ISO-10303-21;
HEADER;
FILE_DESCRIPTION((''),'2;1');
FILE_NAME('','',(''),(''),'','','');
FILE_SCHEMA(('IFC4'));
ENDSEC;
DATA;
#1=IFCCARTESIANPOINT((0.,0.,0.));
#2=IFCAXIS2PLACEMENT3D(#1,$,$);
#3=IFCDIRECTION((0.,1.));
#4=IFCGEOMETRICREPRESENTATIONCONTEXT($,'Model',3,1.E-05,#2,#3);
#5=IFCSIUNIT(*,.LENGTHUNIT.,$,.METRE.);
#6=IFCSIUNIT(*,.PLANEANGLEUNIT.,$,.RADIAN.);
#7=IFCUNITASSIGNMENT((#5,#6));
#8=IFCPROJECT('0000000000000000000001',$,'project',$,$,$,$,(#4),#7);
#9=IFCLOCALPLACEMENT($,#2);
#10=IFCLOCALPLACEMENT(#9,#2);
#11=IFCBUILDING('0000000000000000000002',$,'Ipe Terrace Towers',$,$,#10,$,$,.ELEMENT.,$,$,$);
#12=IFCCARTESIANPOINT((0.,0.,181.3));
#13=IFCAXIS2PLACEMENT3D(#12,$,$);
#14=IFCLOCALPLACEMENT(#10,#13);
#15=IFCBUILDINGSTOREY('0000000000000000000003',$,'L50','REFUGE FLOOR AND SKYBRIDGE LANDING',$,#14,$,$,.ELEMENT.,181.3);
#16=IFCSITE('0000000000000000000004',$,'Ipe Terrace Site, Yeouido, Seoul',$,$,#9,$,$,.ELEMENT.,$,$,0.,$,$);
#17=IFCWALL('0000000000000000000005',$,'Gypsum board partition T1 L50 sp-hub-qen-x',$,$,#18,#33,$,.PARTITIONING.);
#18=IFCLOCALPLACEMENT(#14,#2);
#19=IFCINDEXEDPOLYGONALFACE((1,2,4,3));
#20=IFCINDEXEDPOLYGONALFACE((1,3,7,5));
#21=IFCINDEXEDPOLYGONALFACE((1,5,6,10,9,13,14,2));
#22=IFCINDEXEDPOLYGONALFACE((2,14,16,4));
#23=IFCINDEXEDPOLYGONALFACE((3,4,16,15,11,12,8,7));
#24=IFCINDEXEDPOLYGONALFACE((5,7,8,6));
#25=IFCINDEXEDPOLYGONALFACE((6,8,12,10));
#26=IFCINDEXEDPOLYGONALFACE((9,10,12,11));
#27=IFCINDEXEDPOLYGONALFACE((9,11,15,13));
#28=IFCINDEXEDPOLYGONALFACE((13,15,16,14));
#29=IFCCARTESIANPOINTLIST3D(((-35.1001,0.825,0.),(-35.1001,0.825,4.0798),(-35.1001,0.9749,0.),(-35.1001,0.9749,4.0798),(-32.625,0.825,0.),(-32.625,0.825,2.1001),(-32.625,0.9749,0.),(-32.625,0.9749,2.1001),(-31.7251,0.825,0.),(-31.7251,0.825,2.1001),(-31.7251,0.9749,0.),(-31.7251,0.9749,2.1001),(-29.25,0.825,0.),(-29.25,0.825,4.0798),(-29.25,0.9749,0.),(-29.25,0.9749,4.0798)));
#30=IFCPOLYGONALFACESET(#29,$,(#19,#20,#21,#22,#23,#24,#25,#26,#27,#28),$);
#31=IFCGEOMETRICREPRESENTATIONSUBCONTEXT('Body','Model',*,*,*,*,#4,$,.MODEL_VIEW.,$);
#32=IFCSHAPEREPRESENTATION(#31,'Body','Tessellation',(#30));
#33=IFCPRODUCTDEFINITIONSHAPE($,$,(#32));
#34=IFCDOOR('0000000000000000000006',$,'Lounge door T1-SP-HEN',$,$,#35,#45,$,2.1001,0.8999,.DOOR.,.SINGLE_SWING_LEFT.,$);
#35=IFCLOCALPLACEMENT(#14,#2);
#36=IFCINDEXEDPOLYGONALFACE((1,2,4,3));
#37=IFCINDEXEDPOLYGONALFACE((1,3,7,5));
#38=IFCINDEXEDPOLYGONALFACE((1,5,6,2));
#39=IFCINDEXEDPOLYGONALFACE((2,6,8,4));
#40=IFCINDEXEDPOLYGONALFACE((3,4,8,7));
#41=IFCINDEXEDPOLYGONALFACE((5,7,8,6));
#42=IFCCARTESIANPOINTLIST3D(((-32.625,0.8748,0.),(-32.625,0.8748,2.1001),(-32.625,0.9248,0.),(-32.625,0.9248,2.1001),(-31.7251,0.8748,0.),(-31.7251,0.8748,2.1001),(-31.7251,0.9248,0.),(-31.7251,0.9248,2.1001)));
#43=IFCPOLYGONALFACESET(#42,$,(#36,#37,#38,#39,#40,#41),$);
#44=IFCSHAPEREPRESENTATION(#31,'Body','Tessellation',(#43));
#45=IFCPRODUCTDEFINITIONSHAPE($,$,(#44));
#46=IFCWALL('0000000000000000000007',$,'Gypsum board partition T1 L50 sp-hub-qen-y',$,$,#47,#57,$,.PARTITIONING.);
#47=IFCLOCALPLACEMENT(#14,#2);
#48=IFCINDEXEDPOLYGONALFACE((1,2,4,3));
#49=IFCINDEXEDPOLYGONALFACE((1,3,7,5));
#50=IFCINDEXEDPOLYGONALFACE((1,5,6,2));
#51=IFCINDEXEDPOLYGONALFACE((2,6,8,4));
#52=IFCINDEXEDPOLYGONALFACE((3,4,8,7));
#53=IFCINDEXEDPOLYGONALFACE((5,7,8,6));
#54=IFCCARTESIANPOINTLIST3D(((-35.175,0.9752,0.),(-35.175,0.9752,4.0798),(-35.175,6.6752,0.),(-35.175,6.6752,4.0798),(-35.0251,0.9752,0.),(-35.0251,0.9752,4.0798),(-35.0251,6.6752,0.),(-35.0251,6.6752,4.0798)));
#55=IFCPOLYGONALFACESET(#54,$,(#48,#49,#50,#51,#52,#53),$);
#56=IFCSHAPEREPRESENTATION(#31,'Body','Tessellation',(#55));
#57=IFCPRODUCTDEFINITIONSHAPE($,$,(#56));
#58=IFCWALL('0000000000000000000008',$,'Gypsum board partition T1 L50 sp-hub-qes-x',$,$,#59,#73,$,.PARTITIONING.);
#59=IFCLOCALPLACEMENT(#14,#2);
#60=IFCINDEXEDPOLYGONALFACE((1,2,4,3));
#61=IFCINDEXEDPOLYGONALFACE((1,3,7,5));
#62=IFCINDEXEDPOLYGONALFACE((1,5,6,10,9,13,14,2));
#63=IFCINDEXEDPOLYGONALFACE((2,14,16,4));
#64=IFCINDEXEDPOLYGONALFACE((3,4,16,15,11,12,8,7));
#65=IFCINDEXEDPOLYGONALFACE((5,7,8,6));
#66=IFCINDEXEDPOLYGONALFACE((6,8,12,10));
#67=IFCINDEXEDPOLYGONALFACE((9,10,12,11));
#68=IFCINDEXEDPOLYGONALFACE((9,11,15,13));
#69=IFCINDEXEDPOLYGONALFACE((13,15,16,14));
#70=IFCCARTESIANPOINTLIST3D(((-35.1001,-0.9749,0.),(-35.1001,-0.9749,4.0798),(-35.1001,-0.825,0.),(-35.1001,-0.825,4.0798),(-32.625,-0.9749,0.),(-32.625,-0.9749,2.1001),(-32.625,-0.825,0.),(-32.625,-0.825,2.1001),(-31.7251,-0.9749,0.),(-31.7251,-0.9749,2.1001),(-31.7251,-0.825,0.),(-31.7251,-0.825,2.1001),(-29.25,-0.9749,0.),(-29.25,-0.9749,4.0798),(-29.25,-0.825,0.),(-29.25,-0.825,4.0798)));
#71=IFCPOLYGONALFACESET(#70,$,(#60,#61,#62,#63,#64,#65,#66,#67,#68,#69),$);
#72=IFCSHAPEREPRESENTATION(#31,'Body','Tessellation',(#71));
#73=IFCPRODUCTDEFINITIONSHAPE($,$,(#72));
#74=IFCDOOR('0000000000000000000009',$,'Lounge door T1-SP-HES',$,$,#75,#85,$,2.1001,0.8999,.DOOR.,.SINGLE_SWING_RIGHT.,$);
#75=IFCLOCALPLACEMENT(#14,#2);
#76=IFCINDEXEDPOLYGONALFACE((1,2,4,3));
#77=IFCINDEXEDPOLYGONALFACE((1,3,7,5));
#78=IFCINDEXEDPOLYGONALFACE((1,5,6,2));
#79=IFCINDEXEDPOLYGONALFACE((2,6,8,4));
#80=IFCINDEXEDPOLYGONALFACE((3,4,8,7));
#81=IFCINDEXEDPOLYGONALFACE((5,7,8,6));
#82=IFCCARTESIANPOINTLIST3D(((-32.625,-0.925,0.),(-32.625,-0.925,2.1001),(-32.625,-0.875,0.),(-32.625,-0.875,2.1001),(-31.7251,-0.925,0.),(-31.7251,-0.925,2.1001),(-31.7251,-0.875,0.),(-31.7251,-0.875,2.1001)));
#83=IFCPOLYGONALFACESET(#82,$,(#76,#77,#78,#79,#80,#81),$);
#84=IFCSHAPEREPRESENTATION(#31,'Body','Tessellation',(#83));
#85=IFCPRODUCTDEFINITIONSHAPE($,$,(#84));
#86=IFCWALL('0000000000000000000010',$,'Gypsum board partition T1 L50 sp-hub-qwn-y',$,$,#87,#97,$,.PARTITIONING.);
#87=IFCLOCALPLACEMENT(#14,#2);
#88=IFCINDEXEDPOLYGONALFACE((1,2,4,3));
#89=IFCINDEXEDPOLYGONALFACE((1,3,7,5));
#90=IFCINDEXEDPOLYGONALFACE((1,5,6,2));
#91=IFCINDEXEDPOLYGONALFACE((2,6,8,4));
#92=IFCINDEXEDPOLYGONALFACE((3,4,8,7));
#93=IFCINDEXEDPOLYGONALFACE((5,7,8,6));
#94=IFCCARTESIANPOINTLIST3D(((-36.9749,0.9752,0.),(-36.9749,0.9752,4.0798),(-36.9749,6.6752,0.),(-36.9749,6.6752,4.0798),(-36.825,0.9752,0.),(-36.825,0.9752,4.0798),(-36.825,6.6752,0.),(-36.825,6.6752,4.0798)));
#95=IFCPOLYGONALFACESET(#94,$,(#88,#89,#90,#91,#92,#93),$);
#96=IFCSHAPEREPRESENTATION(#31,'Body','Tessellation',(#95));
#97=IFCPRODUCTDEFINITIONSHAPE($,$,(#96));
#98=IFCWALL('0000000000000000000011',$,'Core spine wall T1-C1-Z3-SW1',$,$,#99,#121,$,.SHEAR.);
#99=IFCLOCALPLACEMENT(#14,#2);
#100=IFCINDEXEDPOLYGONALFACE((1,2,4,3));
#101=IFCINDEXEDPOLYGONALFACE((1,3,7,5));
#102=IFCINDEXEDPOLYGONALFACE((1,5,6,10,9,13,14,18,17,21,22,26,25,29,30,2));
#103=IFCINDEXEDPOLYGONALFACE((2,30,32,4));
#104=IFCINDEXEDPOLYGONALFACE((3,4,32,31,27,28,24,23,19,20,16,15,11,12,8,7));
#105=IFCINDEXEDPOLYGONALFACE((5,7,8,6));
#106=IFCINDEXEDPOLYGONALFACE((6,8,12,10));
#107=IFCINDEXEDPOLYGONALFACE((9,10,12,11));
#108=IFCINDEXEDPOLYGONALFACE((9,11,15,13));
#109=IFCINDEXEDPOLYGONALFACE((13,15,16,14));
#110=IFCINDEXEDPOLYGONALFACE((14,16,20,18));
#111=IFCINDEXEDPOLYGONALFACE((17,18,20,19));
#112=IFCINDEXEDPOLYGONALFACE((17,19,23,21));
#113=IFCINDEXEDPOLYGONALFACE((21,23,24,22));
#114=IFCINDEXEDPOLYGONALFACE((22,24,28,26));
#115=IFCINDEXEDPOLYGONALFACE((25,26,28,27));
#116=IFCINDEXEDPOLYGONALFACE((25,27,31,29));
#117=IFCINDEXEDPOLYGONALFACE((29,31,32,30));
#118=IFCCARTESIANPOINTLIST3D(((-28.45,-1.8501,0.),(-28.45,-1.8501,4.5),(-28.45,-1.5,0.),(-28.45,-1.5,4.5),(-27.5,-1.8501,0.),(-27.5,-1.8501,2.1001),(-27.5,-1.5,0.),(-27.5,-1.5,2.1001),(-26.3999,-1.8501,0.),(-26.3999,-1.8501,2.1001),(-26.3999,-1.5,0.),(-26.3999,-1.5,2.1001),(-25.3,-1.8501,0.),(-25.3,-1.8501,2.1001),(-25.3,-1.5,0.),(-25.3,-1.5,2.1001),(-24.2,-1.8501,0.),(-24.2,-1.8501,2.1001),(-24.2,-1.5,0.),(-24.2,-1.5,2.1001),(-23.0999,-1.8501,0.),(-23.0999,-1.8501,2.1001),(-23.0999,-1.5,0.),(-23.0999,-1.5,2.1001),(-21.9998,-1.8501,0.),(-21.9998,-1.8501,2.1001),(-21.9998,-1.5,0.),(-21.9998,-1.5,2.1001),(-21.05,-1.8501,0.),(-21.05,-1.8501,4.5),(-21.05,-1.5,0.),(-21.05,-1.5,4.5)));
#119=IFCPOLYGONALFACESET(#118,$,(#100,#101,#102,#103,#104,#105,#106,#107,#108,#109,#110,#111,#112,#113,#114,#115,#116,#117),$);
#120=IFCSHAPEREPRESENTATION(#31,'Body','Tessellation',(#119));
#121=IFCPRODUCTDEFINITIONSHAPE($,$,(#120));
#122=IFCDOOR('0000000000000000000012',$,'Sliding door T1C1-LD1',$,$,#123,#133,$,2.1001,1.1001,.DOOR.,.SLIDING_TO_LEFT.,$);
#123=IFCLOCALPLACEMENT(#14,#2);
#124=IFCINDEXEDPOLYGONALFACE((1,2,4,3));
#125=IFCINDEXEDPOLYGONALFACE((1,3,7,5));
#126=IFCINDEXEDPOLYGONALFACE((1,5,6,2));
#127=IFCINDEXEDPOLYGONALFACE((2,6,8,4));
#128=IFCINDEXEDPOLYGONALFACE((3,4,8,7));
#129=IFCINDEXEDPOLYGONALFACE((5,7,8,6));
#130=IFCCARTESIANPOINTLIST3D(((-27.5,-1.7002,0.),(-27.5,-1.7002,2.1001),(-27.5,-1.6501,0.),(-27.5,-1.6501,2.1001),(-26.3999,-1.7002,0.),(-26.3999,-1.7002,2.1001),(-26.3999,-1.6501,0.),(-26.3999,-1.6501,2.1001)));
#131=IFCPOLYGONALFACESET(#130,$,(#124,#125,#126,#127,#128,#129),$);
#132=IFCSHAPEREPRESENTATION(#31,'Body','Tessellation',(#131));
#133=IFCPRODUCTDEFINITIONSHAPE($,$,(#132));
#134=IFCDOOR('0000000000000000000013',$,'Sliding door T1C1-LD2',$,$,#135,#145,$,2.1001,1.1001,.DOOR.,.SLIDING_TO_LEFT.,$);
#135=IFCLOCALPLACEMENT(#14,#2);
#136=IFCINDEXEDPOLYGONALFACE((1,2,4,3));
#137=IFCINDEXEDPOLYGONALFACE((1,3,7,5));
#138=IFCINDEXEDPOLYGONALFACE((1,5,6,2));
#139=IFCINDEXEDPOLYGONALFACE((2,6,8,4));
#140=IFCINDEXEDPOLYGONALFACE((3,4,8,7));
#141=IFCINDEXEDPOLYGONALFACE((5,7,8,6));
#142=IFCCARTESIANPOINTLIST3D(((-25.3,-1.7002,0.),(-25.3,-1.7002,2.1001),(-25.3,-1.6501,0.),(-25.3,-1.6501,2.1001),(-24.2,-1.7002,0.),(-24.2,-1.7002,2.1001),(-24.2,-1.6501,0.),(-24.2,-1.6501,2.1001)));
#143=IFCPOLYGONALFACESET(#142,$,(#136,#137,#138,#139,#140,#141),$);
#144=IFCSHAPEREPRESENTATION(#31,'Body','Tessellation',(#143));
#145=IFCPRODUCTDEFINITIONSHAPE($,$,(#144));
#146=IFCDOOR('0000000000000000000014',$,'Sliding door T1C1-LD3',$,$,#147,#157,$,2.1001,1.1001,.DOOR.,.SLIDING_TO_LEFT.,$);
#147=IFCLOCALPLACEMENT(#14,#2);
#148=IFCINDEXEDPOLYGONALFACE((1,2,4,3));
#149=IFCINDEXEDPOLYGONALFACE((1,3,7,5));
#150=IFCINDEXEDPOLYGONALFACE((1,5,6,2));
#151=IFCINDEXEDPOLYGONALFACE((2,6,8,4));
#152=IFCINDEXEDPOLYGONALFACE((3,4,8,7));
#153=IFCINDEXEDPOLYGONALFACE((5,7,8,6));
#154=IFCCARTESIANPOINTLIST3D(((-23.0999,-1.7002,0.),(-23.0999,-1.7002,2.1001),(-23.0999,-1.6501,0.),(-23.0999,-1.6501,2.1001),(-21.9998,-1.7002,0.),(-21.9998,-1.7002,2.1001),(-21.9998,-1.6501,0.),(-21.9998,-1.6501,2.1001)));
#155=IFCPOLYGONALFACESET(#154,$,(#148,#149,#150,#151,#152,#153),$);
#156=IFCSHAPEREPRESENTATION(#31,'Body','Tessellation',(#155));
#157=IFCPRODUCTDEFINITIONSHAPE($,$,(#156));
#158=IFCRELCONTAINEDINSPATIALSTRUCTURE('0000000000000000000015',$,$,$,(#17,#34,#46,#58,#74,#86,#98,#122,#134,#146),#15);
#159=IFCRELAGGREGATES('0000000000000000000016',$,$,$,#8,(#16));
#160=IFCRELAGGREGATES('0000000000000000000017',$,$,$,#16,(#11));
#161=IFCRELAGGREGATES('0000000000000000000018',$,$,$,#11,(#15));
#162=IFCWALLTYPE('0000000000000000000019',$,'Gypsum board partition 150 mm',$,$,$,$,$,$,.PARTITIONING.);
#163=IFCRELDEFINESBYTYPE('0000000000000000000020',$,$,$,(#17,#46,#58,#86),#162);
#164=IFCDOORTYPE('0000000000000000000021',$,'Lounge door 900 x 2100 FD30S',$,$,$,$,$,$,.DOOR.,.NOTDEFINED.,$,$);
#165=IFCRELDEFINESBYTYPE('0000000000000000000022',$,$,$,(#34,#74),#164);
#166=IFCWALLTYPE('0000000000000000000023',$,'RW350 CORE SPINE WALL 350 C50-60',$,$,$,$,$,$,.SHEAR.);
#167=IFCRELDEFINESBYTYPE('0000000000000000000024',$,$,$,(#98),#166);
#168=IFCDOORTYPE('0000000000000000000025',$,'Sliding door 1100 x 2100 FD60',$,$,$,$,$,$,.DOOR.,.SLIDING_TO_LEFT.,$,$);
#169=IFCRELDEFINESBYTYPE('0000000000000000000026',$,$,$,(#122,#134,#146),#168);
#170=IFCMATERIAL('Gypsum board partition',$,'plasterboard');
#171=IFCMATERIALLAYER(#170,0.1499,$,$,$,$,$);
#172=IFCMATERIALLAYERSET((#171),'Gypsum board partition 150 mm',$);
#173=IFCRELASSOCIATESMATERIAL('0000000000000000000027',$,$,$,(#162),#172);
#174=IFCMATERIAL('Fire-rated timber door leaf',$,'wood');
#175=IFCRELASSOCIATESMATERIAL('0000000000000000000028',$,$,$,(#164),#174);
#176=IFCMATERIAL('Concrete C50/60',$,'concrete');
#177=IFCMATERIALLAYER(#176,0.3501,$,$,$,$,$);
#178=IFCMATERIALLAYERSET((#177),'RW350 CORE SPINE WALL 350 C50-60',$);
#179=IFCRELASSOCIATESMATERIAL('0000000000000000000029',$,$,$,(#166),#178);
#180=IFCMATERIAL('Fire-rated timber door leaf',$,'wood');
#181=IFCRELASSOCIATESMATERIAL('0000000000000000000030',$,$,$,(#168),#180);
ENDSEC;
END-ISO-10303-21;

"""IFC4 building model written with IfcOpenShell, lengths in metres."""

from ifc_helpers import new_model, si_unit, direction, frame, frame_2d, origin, place, context, subcontext, project, spatial, rectangle, extrude, material, layer, layer_set, type_object, element, fill, save


model = new_model("IFC4")

# Units and contexts
model_context = context("Model", 3, precision=1e-05, world=origin(), true_north=direction((0.0, 1.0)))
body_context = subcontext(model_context, "Body", "Model", "MODEL_VIEW")
ifc_project = project(units=[si_unit("LENGTHUNIT", "METRE"), si_unit("PLANEANGLEUNIT", "RADIAN")], contexts=[model_context])

# Site, building, storey
site_placement = place(None, origin())
site = spatial("IfcSite", under=ifc_project, at=site_placement, Name="Ipe Terrace Site, Yeouido, Seoul", CompositionType="ELEMENT", RefElevation=0.0)
building_placement = place(site_placement, origin())
building = spatial("IfcBuilding", under=site, at=building_placement, Name="Ipe Terrace Towers", CompositionType="ELEMENT")
storey_placement = place(building_placement, frame((0.0, 0.0, 181.3)))
storey = spatial("IfcBuildingStorey", under=building, at=storey_placement, Name="L50", Description="REFUGE FLOOR AND SKYBRIDGE LANDING", CompositionType="ELEMENT", Elevation=181.3)

# Wall, opening, door
ifc_material_1 = material(Name="Gypsum board partition", Category="plasterboard")
ifc_layer_1 = layer(ifc_material_1, 0.1499)
ifc_layer_set_1 = layer_set([ifc_layer_1], Name="Gypsum board partition 150 mm")
wall_type_1 = type_object("IfcWallType", Name="Gypsum board partition 150 mm", PredefinedType="PARTITIONING", material=ifc_layer_set_1)
wall_1_placement = place(storey_placement, frame((-35.1001, 0.8999, 0.0), z_axis=(0.0, 0.0, 1.0), x_axis=(1.0, 0.0, 0.0)))
wall_1 = element("IfcWall", 1, at=wall_1_placement, inside=storey, type_object=wall_type_1, Name="Gypsum board partition T1 L50 sp-hub-qen-x", PredefinedType="PARTITIONING", context=body_context, shape_type="SweptSolid", body=[
    extrude(rectangle(XDim=5.8501, YDim=0.1499, at=frame_2d((2.925, 0.0))), origin(), (0.0, 0.0, 1.0), 4.0798),
])
opening_1_placement = place(wall_1_placement, frame((2.4751, 0.0, 0.0)))
opening_1 = element("IfcOpeningElement", 2, at=opening_1_placement, cuts=wall_1, PredefinedType="OPENING", context=body_context, shape_type="SweptSolid", body=[
    extrude(rectangle(XDim=0.8999, YDim=2.1001, at=frame_2d((0.45, 1.05))), frame((0.0, 0.085, 0.0), z_axis=(0.0, -1.0, 0.0), x_axis=(1.0, 0.0, 0.0)), (0.0, 0.0, 1.0), 0.1699),
])
ifc_material_2 = material(Name="Fire-rated timber door leaf", Category="wood")
door_type_1 = type_object("IfcDoorType", Name="Lounge door 900 x 2100 FD30S", OperationType="NOTDEFINED", PredefinedType="DOOR", material=ifc_material_2)
door_1_placement = place(opening_1_placement, origin())
door_1 = element("IfcDoor", 3, at=door_1_placement, inside=storey, type_object=door_type_1, Name="Lounge door T1-SP-HEN", OperationType="SINGLE_SWING_LEFT", OverallHeight=2.1001, OverallWidth=0.8999, PredefinedType="DOOR", context=body_context, shape_type="SweptSolid", body=[
    extrude(rectangle(XDim=0.8999, YDim=2.1001, at=frame_2d((0.45, 1.05))), frame((0.0, 0.0249, 0.0), z_axis=(0.0, -1.0, 0.0), x_axis=(1.0, 0.0, 0.0)), (0.0, 0.0, 1.0), 0.05),
])
fill(opening_1, door_1)

# Wall
wall_2_placement = place(storey_placement, frame((-35.1001, 0.9751, 0.0), z_axis=(0.0, 0.0, 1.0), x_axis=(0.0, 1.0, 0.0)))
element("IfcWall", 4, at=wall_2_placement, inside=storey, type_object=wall_type_1, Name="Gypsum board partition T1 L50 sp-hub-qen-y", PredefinedType="PARTITIONING", context=body_context, shape_type="SweptSolid", body=[
    extrude(rectangle(XDim=5.7, YDim=0.1499, at=frame_2d((2.8501, 0.0))), origin(), (0.0, 0.0, 1.0), 4.0798),
])

# Wall, opening, door
wall_3_placement = place(storey_placement, frame((-35.1001, -0.8999, 0.0), z_axis=(0.0, 0.0, 1.0), x_axis=(1.0, 0.0, 0.0)))
wall_3 = element("IfcWall", 5, at=wall_3_placement, inside=storey, type_object=wall_type_1, Name="Gypsum board partition T1 L50 sp-hub-qes-x", PredefinedType="PARTITIONING", context=body_context, shape_type="SweptSolid", body=[
    extrude(rectangle(XDim=5.8501, YDim=0.1499, at=frame_2d((2.925, 0.0))), origin(), (0.0, 0.0, 1.0), 4.0798),
])
opening_2_placement = place(wall_3_placement, frame((2.4751, 0.0, 0.0)))
opening_2 = element("IfcOpeningElement", 6, at=opening_2_placement, cuts=wall_3, PredefinedType="OPENING", context=body_context, shape_type="SweptSolid", body=[
    extrude(rectangle(XDim=0.8999, YDim=2.1001, at=frame_2d((0.45, 1.05))), frame((0.0, 0.085, 0.0), z_axis=(0.0, -1.0, 0.0), x_axis=(1.0, 0.0, 0.0)), (0.0, 0.0, 1.0), 0.1699),
])
door_2_placement = place(opening_2_placement, origin())
door_2 = element("IfcDoor", 7, at=door_2_placement, inside=storey, type_object=door_type_1, Name="Lounge door T1-SP-HES", OperationType="SINGLE_SWING_RIGHT", OverallHeight=2.1001, OverallWidth=0.8999, PredefinedType="DOOR", context=body_context, shape_type="SweptSolid", body=[
    extrude(rectangle(XDim=0.8999, YDim=2.1001, at=frame_2d((0.45, 1.05))), frame((0.0, 0.0249, 0.0), z_axis=(0.0, -1.0, 0.0), x_axis=(1.0, 0.0, 0.0)), (0.0, 0.0, 1.0), 0.05),
])
fill(opening_2, door_2)

# Wall
wall_4_placement = place(storey_placement, frame((-36.8999, 0.9751, 0.0), z_axis=(0.0, 0.0, 1.0), x_axis=(0.0, 1.0, 0.0)))
element("IfcWall", 8, at=wall_4_placement, inside=storey, type_object=wall_type_1, Name="Gypsum board partition T1 L50 sp-hub-qwn-y", PredefinedType="PARTITIONING", context=body_context, shape_type="SweptSolid", body=[
    extrude(rectangle(XDim=5.7, YDim=0.1499, at=frame_2d((2.8501, 0.0))), origin(), (0.0, 0.0, 1.0), 4.0798),
])

# Wall, openings, doors
ifc_material_3 = material(Name="Concrete C50/60", Category="concrete")
ifc_layer_2 = layer(ifc_material_3, 0.3501)
ifc_layer_set_2 = layer_set([ifc_layer_2], Name="RW350 CORE SPINE WALL 350 C50-60")
wall_type_2 = type_object("IfcWallType", Name="RW350 CORE SPINE WALL 350 C50-60", PredefinedType="SHEAR", material=ifc_layer_set_2)
wall_5_placement = place(storey_placement, frame((-28.45, -1.675, 0.0), z_axis=(0.0, 0.0, 1.0), x_axis=(1.0, 0.0, 0.0)))
wall_5 = element("IfcWall", 9, at=wall_5_placement, inside=storey, type_object=wall_type_2, Name="Core spine wall T1-C1-Z3-SW1", PredefinedType="SHEAR", context=body_context, shape_type="SweptSolid", body=[
    extrude(rectangle(XDim=7.3999, YDim=0.3501, at=frame_2d((3.7, 0.0))), origin(), (0.0, 0.0, 1.0), 4.5),
])
opening_3_placement = place(wall_5_placement, frame((0.95, 0.0, 0.0)))
opening_3 = element("IfcOpeningElement", 10, at=opening_3_placement, cuts=wall_5, PredefinedType="OPENING", context=body_context, shape_type="SweptSolid", body=[
    extrude(rectangle(XDim=1.1001, YDim=2.1001, at=frame_2d((0.55, 1.05))), frame((0.0, 0.1851, 0.0), z_axis=(0.0, -1.0, 0.0), x_axis=(1.0, 0.0, 0.0)), (0.0, 0.0, 1.0), 0.3701),
])
opening_4_placement = place(wall_5_placement, frame((3.1499, 0.0, 0.0)))
opening_4 = element("IfcOpeningElement", 11, at=opening_4_placement, cuts=wall_5, PredefinedType="OPENING", context=body_context, shape_type="SweptSolid", body=[
    extrude(rectangle(XDim=1.1001, YDim=2.1001, at=frame_2d((0.55, 1.05))), frame((0.0, 0.1851, 0.0), z_axis=(0.0, -1.0, 0.0), x_axis=(1.0, 0.0, 0.0)), (0.0, 0.0, 1.0), 0.3701),
])
opening_5_placement = place(wall_5_placement, frame((5.3501, 0.0, 0.0)))
opening_5 = element("IfcOpeningElement", 12, at=opening_5_placement, cuts=wall_5, PredefinedType="OPENING", context=body_context, shape_type="SweptSolid", body=[
    extrude(rectangle(XDim=1.1001, YDim=2.1001, at=frame_2d((0.55, 1.05))), frame((0.0, 0.1851, 0.0), z_axis=(0.0, -1.0, 0.0), x_axis=(1.0, 0.0, 0.0)), (0.0, 0.0, 1.0), 0.3701),
])
ifc_material_4 = material(Name="Fire-rated timber door leaf", Category="wood")
door_type_2 = type_object("IfcDoorType", Name="Sliding door 1100 x 2100 FD60", OperationType="SLIDING_TO_LEFT", PredefinedType="DOOR", material=ifc_material_4)
door_3_placement = place(opening_3_placement, origin())
door_3 = element("IfcDoor", 13, at=door_3_placement, inside=storey, type_object=door_type_2, Name="Sliding door T1C1-LD1", OperationType="SLIDING_TO_LEFT", OverallHeight=2.1001, OverallWidth=1.1001, PredefinedType="DOOR", context=body_context, shape_type="SweptSolid", body=[
    extrude(rectangle(XDim=1.1001, YDim=2.1001, at=frame_2d((0.55, 1.05))), frame((0.0, 0.0249, 0.0), z_axis=(0.0, -1.0, 0.0), x_axis=(1.0, 0.0, 0.0)), (0.0, 0.0, 1.0), 0.05),
])
fill(opening_3, door_3)
door_4_placement = place(opening_4_placement, origin())
door_4 = element("IfcDoor", 14, at=door_4_placement, inside=storey, type_object=door_type_2, Name="Sliding door T1C1-LD2", OperationType="SLIDING_TO_LEFT", OverallHeight=2.1001, OverallWidth=1.1001, PredefinedType="DOOR", context=body_context, shape_type="SweptSolid", body=[
    extrude(rectangle(XDim=1.1001, YDim=2.1001, at=frame_2d((0.55, 1.05))), frame((0.0, 0.0249, 0.0), z_axis=(0.0, -1.0, 0.0), x_axis=(1.0, 0.0, 0.0)), (0.0, 0.0, 1.0), 0.05),
])
fill(opening_4, door_4)
door_5_placement = place(opening_5_placement, origin())
door_5 = element("IfcDoor", 15, at=door_5_placement, inside=storey, type_object=door_type_2, Name="Sliding door T1C1-LD3", OperationType="SLIDING_TO_LEFT", OverallHeight=2.1001, OverallWidth=1.1001, PredefinedType="DOOR", context=body_context, shape_type="SweptSolid", body=[
    extrude(rectangle(XDim=1.1001, YDim=2.1001, at=frame_2d((0.55, 1.05))), frame((0.0, 0.0249, 0.0), z_axis=(0.0, -1.0, 0.0), x_axis=(1.0, 0.0, 0.0)), (0.0, 0.0, 1.0), 0.05),
])
fill(opening_5, door_5)

save(model, "model.ifc")
